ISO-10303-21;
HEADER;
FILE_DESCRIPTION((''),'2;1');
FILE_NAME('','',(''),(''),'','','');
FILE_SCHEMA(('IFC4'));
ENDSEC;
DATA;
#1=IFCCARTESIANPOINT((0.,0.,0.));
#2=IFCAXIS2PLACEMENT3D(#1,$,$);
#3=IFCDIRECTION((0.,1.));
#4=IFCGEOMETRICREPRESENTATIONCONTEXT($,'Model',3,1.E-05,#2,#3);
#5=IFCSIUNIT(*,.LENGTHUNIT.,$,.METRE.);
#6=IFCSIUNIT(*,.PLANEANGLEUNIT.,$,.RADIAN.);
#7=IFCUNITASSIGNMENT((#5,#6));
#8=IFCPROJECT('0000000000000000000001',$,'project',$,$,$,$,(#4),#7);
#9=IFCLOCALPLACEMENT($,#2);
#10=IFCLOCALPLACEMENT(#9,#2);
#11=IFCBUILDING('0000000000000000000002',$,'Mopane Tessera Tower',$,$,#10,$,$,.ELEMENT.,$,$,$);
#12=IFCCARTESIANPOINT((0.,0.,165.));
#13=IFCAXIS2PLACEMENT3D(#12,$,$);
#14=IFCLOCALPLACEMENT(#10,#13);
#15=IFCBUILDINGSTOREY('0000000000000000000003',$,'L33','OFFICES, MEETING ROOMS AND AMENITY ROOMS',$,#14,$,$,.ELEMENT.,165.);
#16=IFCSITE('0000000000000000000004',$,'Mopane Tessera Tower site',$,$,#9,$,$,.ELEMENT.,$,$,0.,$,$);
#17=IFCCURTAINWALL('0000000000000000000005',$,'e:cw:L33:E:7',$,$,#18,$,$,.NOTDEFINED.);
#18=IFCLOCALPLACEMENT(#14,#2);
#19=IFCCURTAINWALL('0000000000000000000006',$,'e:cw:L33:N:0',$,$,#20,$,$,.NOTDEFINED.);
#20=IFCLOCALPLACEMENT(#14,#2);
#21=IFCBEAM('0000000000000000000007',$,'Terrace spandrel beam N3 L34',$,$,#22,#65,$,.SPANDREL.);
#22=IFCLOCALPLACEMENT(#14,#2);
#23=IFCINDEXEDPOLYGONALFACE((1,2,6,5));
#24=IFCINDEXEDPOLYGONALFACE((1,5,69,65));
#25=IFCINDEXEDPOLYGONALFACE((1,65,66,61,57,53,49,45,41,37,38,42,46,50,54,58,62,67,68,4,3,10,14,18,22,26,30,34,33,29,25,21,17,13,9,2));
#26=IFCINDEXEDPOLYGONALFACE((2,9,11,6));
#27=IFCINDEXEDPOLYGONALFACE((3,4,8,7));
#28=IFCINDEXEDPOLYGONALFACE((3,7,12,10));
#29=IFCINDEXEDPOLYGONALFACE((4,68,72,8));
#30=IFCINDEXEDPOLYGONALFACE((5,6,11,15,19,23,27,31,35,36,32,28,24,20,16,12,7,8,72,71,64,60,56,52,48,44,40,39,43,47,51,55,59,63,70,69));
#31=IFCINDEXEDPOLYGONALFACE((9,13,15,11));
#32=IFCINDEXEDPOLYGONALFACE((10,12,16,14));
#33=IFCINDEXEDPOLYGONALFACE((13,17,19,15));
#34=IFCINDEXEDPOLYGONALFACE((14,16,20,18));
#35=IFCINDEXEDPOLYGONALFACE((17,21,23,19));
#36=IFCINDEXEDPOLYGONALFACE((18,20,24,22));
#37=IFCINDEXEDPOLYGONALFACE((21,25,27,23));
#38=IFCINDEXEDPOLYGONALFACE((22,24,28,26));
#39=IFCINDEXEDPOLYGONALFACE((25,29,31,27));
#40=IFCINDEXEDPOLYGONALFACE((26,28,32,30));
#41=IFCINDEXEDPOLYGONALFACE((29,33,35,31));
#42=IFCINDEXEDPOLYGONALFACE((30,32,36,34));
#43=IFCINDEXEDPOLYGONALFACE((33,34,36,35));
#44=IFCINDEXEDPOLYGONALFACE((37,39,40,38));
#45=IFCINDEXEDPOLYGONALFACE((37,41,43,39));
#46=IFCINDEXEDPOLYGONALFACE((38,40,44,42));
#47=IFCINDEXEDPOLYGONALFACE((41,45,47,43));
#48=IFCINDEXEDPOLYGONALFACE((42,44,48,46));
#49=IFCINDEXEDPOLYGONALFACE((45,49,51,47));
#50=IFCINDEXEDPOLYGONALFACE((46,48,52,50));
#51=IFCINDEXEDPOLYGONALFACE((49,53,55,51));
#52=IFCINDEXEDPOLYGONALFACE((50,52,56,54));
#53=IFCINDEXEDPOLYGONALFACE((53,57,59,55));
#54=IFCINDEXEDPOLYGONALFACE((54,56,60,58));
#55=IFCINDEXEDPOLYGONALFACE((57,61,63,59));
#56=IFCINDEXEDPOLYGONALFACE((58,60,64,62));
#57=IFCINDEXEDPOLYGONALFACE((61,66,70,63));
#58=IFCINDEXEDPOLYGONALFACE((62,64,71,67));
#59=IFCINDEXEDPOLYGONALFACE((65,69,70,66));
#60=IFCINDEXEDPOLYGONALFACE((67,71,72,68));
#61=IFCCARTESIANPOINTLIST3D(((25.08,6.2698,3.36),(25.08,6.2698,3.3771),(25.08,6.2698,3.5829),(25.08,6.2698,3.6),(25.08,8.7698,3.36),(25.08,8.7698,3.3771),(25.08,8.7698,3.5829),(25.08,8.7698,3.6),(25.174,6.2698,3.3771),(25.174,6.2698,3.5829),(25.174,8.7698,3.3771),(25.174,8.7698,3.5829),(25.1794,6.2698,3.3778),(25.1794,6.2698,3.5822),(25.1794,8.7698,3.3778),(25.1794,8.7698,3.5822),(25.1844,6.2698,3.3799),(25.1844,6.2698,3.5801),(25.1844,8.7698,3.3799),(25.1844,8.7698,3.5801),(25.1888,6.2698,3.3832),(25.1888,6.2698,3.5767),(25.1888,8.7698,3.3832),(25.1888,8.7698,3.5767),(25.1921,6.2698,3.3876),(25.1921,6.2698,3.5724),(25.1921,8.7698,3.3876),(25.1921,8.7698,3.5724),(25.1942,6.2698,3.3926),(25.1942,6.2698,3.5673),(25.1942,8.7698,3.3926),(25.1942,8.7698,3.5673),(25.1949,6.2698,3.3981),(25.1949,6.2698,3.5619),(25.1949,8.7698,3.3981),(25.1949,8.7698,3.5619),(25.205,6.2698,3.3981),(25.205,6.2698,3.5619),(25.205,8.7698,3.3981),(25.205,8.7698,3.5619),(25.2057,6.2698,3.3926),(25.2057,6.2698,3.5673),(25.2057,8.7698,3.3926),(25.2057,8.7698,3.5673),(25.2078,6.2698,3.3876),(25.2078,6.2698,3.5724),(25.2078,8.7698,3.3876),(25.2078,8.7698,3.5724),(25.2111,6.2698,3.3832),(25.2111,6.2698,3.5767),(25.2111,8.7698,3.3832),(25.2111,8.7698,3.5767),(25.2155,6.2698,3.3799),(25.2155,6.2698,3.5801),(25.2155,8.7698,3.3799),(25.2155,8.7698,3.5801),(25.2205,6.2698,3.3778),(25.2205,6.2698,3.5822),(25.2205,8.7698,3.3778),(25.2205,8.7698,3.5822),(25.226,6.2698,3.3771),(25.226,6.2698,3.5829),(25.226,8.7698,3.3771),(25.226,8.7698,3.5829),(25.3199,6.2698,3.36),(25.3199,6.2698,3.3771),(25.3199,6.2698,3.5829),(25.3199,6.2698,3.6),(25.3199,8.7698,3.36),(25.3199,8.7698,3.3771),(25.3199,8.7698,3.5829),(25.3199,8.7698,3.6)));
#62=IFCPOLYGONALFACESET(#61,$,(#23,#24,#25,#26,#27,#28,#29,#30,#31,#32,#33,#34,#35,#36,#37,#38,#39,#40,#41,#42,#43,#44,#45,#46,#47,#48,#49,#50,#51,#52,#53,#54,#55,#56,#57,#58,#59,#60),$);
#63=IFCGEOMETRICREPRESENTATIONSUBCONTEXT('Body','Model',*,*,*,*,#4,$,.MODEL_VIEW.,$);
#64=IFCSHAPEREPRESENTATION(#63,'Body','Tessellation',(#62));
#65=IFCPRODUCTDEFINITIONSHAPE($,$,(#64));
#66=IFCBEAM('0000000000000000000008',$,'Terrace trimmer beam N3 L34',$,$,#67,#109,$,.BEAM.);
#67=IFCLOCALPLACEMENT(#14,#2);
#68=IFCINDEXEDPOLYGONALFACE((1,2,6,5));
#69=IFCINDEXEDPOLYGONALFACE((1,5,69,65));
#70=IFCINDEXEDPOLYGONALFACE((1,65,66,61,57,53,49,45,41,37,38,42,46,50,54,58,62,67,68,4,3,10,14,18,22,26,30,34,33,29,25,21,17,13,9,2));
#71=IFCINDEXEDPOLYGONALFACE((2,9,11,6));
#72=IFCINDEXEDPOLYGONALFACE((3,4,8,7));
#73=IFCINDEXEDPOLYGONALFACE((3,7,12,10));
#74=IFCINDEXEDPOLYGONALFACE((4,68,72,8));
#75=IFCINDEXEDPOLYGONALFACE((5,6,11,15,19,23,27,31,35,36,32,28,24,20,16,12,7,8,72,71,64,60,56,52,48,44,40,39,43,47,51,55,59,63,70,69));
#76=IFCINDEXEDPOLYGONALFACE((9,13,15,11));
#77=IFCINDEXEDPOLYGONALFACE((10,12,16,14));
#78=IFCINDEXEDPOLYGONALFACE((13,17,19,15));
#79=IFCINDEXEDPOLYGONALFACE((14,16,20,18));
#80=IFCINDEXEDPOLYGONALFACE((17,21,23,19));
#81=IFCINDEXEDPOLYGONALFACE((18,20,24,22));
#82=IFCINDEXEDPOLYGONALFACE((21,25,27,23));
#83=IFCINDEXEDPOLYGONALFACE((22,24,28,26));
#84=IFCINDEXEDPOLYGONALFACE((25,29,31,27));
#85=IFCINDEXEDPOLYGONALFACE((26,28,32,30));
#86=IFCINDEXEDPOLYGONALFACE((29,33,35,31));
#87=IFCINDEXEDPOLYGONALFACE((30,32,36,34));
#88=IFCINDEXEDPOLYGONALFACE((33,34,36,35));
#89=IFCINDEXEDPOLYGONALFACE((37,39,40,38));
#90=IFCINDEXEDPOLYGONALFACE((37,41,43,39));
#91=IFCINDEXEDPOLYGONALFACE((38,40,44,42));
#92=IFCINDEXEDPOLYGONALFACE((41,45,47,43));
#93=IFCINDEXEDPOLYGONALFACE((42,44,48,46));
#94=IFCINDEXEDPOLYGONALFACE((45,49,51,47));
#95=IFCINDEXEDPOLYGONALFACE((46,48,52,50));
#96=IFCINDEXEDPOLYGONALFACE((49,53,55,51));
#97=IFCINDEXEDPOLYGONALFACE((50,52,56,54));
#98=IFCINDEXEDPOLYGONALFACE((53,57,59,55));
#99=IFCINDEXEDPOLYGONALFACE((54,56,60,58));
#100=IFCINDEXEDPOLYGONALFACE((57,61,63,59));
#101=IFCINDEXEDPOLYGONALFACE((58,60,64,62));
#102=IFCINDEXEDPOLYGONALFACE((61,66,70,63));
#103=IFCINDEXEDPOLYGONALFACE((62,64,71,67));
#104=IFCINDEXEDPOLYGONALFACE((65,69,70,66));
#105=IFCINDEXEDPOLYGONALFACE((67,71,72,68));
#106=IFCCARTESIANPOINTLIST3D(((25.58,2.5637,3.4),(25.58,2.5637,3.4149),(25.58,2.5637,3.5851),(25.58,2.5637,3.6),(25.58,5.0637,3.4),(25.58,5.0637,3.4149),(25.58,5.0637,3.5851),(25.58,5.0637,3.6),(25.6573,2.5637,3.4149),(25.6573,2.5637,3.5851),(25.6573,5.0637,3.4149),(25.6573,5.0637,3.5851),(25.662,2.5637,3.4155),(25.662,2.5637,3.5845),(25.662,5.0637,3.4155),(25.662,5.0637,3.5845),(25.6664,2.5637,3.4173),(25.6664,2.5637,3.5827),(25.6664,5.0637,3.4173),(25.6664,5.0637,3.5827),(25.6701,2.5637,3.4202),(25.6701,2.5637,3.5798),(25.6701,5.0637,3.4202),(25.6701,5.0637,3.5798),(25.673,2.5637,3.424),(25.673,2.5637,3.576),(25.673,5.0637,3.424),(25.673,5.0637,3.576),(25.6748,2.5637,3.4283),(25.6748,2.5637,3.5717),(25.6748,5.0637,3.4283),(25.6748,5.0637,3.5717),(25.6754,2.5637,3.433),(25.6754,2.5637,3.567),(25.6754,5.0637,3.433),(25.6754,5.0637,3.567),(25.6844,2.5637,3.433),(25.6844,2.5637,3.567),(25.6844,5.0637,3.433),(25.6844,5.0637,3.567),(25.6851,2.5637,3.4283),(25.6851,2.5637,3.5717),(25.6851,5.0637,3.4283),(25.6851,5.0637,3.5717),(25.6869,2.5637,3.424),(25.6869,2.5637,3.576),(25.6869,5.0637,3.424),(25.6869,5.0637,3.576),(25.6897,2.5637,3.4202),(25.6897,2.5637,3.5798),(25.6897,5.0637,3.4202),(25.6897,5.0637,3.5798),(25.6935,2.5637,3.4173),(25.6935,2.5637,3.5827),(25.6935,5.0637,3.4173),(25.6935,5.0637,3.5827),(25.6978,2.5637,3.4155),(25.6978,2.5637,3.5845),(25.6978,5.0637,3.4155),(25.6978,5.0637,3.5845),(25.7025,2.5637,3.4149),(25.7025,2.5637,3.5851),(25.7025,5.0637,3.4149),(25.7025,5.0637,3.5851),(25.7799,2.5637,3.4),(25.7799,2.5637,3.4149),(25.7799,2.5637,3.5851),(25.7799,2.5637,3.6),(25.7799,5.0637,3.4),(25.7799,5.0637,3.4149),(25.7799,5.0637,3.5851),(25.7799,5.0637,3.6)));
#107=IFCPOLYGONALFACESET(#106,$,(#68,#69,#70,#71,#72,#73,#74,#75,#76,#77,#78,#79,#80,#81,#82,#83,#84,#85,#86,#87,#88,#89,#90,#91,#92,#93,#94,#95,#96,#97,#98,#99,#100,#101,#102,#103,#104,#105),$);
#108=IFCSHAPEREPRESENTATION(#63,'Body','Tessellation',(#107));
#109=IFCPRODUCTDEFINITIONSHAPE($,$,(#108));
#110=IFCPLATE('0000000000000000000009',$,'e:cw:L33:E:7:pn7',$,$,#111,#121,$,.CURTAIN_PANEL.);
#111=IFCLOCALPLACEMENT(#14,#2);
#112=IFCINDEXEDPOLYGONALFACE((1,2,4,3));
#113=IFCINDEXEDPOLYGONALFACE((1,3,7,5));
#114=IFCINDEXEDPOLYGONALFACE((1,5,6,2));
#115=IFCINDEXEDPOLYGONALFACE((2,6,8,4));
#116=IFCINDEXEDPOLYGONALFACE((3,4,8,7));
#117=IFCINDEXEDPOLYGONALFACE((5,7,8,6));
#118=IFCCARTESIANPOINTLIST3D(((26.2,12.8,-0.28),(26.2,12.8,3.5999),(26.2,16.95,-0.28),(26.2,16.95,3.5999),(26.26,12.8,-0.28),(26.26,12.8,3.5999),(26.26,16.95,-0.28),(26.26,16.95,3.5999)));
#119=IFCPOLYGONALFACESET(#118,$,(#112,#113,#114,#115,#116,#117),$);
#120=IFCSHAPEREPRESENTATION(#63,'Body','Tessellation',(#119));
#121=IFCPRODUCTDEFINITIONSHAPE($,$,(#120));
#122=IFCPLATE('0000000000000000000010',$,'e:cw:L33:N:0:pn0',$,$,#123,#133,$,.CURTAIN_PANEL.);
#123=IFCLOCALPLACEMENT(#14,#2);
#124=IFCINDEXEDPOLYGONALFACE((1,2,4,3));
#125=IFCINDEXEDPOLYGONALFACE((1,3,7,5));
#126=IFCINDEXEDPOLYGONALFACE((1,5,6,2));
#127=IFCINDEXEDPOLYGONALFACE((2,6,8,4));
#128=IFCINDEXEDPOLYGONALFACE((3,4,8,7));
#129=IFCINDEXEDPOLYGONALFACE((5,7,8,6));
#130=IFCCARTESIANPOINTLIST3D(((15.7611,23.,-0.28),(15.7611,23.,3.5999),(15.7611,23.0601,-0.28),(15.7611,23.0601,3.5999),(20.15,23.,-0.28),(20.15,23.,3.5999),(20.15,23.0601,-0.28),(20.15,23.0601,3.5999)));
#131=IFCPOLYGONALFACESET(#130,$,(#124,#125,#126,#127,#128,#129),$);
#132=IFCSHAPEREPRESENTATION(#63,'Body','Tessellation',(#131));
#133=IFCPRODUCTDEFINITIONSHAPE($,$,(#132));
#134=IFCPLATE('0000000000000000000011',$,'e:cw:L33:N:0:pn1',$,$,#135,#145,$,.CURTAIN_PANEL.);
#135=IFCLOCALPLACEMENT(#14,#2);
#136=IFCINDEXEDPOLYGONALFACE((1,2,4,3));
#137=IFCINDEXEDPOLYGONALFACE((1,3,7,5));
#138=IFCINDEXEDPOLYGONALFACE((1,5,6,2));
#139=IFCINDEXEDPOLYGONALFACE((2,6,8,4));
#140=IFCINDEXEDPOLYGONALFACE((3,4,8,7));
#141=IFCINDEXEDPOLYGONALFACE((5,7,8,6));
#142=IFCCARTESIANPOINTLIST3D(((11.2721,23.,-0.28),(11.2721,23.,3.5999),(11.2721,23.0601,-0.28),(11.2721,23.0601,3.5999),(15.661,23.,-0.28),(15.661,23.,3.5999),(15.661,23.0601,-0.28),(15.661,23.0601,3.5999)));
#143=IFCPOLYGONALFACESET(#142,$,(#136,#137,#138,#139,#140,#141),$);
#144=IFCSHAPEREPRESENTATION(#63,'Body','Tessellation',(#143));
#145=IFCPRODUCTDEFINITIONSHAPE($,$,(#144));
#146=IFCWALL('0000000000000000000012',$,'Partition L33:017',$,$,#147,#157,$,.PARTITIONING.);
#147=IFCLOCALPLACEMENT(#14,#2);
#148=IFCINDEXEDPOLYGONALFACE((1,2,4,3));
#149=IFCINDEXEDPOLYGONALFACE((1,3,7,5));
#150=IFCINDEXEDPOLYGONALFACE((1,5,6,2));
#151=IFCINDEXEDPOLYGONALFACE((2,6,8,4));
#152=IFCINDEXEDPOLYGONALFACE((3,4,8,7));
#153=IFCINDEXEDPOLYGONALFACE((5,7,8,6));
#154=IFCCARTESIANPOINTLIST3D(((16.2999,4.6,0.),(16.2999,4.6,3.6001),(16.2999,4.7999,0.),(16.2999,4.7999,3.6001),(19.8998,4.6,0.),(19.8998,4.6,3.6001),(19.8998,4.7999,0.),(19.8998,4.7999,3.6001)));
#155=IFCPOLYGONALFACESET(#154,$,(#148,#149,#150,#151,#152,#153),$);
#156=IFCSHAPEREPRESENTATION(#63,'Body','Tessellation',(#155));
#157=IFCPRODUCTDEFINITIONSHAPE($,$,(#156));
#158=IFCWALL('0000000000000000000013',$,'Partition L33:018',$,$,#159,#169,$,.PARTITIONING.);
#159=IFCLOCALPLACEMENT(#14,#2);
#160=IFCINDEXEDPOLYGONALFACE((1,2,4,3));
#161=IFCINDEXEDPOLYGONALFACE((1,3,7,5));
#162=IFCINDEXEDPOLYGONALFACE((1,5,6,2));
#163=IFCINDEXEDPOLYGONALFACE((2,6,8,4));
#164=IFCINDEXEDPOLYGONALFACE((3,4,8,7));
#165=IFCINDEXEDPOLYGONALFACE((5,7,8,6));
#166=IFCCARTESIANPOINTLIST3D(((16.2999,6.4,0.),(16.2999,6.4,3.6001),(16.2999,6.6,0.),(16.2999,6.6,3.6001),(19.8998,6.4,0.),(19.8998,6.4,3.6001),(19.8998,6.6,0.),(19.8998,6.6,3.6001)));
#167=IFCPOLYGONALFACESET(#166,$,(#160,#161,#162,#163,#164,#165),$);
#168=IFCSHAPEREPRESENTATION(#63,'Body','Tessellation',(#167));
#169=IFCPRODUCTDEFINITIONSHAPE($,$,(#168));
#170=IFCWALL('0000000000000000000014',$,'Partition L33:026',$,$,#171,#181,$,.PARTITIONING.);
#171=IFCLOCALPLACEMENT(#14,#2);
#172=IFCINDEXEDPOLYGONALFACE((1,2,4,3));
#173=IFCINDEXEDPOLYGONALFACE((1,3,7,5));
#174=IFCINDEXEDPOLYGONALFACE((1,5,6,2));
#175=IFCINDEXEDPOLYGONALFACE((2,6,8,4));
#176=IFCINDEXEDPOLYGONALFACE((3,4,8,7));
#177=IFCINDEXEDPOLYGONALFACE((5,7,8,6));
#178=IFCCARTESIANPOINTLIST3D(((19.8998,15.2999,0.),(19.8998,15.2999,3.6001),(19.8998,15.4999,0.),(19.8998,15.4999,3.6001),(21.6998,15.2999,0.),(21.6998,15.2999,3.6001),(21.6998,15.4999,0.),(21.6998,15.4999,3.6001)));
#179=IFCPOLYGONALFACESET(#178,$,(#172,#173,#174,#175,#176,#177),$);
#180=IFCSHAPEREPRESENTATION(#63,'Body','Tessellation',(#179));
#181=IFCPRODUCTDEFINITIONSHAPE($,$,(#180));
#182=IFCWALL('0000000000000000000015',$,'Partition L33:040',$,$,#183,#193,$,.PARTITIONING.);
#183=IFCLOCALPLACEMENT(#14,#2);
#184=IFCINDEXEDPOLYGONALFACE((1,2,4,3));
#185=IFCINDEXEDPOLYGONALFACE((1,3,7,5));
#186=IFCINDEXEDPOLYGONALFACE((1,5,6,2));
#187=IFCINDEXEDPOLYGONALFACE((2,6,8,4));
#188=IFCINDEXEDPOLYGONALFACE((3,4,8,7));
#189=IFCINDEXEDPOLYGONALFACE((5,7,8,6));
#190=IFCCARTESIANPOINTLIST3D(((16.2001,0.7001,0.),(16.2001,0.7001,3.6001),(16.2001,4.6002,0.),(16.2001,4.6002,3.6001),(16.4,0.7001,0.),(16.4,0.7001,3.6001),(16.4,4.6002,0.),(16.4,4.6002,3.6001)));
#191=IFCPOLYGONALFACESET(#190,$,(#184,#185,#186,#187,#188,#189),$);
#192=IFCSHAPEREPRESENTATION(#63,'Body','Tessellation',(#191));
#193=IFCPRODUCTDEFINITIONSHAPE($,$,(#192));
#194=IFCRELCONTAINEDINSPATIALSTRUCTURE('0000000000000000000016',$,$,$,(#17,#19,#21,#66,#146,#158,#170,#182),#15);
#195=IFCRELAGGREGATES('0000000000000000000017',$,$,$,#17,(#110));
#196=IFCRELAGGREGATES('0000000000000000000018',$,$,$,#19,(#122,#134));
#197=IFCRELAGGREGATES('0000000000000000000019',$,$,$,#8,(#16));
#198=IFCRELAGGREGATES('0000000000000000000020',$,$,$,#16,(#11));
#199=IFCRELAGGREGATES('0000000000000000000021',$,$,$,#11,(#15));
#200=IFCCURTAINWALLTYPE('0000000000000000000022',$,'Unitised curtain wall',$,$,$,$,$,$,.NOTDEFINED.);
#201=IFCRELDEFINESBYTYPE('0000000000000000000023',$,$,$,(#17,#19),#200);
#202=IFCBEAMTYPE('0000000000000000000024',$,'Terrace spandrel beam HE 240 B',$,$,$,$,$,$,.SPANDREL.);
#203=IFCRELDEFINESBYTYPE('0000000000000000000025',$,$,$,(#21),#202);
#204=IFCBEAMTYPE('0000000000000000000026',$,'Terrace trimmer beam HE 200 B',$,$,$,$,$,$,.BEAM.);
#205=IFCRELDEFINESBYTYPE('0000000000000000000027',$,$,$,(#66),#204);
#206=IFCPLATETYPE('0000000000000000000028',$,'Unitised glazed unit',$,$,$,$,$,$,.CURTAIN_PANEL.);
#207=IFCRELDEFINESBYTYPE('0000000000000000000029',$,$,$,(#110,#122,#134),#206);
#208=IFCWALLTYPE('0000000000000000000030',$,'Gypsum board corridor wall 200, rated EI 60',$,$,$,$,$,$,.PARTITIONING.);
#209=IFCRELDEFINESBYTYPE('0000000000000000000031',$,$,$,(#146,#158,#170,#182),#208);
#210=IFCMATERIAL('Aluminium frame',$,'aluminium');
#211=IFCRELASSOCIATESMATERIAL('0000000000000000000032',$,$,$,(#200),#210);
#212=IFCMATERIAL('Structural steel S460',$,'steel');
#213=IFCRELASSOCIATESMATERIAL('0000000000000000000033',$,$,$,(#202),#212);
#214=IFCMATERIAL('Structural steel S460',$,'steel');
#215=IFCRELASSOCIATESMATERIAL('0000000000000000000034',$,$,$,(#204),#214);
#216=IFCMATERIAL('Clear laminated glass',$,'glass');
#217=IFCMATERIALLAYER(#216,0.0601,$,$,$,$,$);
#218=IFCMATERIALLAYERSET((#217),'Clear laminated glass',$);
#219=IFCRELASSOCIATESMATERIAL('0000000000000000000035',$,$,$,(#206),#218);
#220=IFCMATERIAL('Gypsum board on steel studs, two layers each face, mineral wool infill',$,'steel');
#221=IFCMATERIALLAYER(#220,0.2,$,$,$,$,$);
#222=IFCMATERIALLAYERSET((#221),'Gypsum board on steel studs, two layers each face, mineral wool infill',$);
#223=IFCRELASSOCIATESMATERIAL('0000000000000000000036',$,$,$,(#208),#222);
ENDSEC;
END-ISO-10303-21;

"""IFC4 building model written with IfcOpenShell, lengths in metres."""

from ifc_helpers import new_model, si_unit, direction, frame, frame_2d, origin, origin_2d, place, context, subcontext, project, spatial, rectangle, i_section, extrude, material, layer, layer_set, material_profile, profile_set, type_object, element, aggregate, save


model = new_model("IFC4")

# Units and contexts
model_context = context("Model", 3, precision=1e-05, world=origin(), true_north=direction((0.0, 1.0)))
body_context = subcontext(model_context, "Body", "Model", "MODEL_VIEW")
ifc_project = project(units=[si_unit("LENGTHUNIT", "METRE"), si_unit("PLANEANGLEUNIT", "RADIAN")], contexts=[model_context])

# Site, building, storey
site_placement = place(None, origin())
site = spatial("IfcSite", under=ifc_project, at=site_placement, Name="Mopane Tessera Tower site", CompositionType="ELEMENT", RefElevation=0.0)
building_placement = place(site_placement, origin())
building = spatial("IfcBuilding", under=site, at=building_placement, Name="Mopane Tessera Tower", CompositionType="ELEMENT")
storey_placement = place(building_placement, frame((0.0, 0.0, 165.0)))
storey = spatial("IfcBuildingStorey", under=building, at=storey_placement, Name="L33", Description="OFFICES, MEETING ROOMS AND AMENITY ROOMS", CompositionType="ELEMENT", Elevation=165.0)

# Shared definitions
ifc_material_1 = material(Name="Aluminium frame", Category="aluminium")
curtain_wall_type = type_object("IfcCurtainWallType", Name="Unitised curtain wall", PredefinedType="NOTDEFINED", material=ifc_material_1)

# Curtain walls
curtain_wall_1_placement = place(storey_placement, origin())
curtain_wall_1 = element("IfcCurtainWall", 1, at=curtain_wall_1_placement, inside=storey, type_object=curtain_wall_type, Name="e:cw:L33:E:7", PredefinedType="NOTDEFINED")
curtain_wall_2_placement = place(storey_placement, origin())
curtain_wall_2 = element("IfcCurtainWall", 2, at=curtain_wall_2_placement, inside=storey, type_object=curtain_wall_type, Name="e:cw:L33:N:0", PredefinedType="NOTDEFINED")

# Beams
ifc_material_2 = material(Name="Structural steel S460", Category="steel")
ifc_material_profile_1 = material_profile(ifc_material_2, i_section(OverallWidth=0.24, OverallDepth=0.24, WebThickness=0.01, FlangeThickness=0.0171, FilletRadius=0.021, at=origin_2d()))
ifc_profile_set_1 = profile_set([ifc_material_profile_1], Name="Structural steel S460")
beam_type_1 = type_object("IfcBeamType", Name="Terrace spandrel beam HE 240 B", PredefinedType="SPANDREL", material=ifc_profile_set_1)
beam_1_placement = place(storey_placement, frame((25.2, 6.2698, 3.48), z_axis=(0.0, 1.0, 0.0), x_axis=(-1.0, 0.0, 0.0)))
element("IfcBeam", 3, at=beam_1_placement, inside=storey, type_object=beam_type_1, Name="Terrace spandrel beam N3 L34", PredefinedType="SPANDREL", context=body_context, shape_type="SweptSolid", body=[
    extrude(i_section(OverallWidth=0.24, OverallDepth=0.24, WebThickness=0.01, FlangeThickness=0.0171, FilletRadius=0.021, at=origin_2d()), origin(), (0.0, 0.0, 1.0), 2.5),
])
ifc_material_3 = material(Name="Structural steel S460", Category="steel")
ifc_material_profile_2 = material_profile(ifc_material_3, i_section(OverallWidth=0.2, OverallDepth=0.2, WebThickness=0.009, FlangeThickness=0.0149, FilletRadius=0.0181, at=origin_2d()))
ifc_profile_set_2 = profile_set([ifc_material_profile_2], Name="Structural steel S460")
beam_type_2 = type_object("IfcBeamType", Name="Terrace trimmer beam HE 200 B", PredefinedType="BEAM", material=ifc_profile_set_2)
beam_2_placement = place(storey_placement, frame((25.6799, 5.0637, 3.5), z_axis=(0.0, -1.0, 0.0), x_axis=(1.0, 0.0, 0.0)))
element("IfcBeam", 4, at=beam_2_placement, inside=storey, type_object=beam_type_2, Name="Terrace trimmer beam N3 L34", PredefinedType="BEAM", context=body_context, shape_type="SweptSolid", body=[
    extrude(i_section(OverallWidth=0.2, OverallDepth=0.2, WebThickness=0.009, FlangeThickness=0.0149, FilletRadius=0.0181, at=origin_2d()), origin(), (0.0, 0.0, 1.0), 2.5),
])

# Plates
ifc_material_4 = material(Name="Clear laminated glass", Category="glass")
ifc_layer_1 = layer(ifc_material_4, 0.0601)
ifc_layer_set_1 = layer_set([ifc_layer_1], Name="Clear laminated glass")
plate_type = type_object("IfcPlateType", Name="Unitised glazed unit", PredefinedType="CURTAIN_PANEL", material=ifc_layer_set_1)
plate_1_placement = place(storey_placement, frame((26.23, 14.875, -0.28), z_axis=(0.0, 0.0, 1.0), x_axis=(0.0, 1.0, 0.0)))
plate_1 = element("IfcPlate", 5, at=plate_1_placement, type_object=plate_type, Name="e:cw:L33:E:7:pn7", PredefinedType="CURTAIN_PANEL", context=body_context, shape_type="SweptSolid", body=[
    extrude(rectangle(XDim=4.1499, YDim=0.0601, at=origin_2d()), origin(), (0.0, 0.0, 1.0), 3.8799),
])
aggregate(curtain_wall_1, [plate_1])
plate_2_placement = place(storey_placement, frame((17.9556, 23.03, -0.28), z_axis=(0.0, 0.0, 1.0), x_axis=(-1.0, 0.0, 0.0)))
plate_2 = element("IfcPlate", 6, at=plate_2_placement, type_object=plate_type, Name="e:cw:L33:N:0:pn0", PredefinedType="CURTAIN_PANEL", context=body_context, shape_type="SweptSolid", body=[
    extrude(rectangle(XDim=4.3889, YDim=0.0601, at=origin_2d()), origin(), (0.0, 0.0, 1.0), 3.8799),
])
plate_3_placement = place(storey_placement, frame((13.4666, 23.03, -0.28), z_axis=(0.0, 0.0, 1.0), x_axis=(-1.0, 0.0, 0.0)))
plate_3 = element("IfcPlate", 7, at=plate_3_placement, type_object=plate_type, Name="e:cw:L33:N:0:pn1", PredefinedType="CURTAIN_PANEL", context=body_context, shape_type="SweptSolid", body=[
    extrude(rectangle(XDim=4.3889, YDim=0.0601, at=origin_2d()), origin(), (0.0, 0.0, 1.0), 3.8799),
])
aggregate(curtain_wall_2, [plate_2, plate_3])

# Walls
ifc_material_5 = material(Name="Gypsum board on steel studs, two layers each face, mineral wool infill", Category="steel")
ifc_layer_2 = layer(ifc_material_5, 0.2)
ifc_layer_set_2 = layer_set([ifc_layer_2], Name="Gypsum board on steel studs, two layers each face, mineral wool infill")
wall_type_1 = type_object("IfcWallType", Name="Gypsum board corridor wall 200, rated EI 60", PredefinedType="PARTITIONING", material=ifc_layer_set_2)
for number, where, z_axis, x_axis, name in (
    (8, (16.3, 4.7, 0.0), (0.0, 0.0, 1.0), (1.0, 0.0, 0.0), "Partition L33:017"),
    (9, (16.3, 6.5, 0.0), (0.0, 0.0, 1.0), (1.0, 0.0, 0.0), "Partition L33:018"),
):
    element("IfcWall", number, at=place(storey_placement, frame(where, z_axis=z_axis, x_axis=x_axis)), inside=storey, type_object=wall_type_1, Name=name, PredefinedType="PARTITIONING", context=body_context, shape_type="SweptSolid", body=[
        extrude(rectangle(XDim=3.5999, YDim=0.2, at=frame_2d((1.7998, 0.0))), origin(), (0.0, 0.0, 1.0), 3.6001),
    ])
wall_1_placement = place(storey_placement, frame((19.8999, 15.3999, 0.0), z_axis=(0.0, 0.0, 1.0), x_axis=(1.0, 0.0, 0.0)))
element("IfcWall", 10, at=wall_1_placement, inside=storey, type_object=wall_type_1, Name="Partition L33:026", PredefinedType="PARTITIONING", context=body_context, shape_type="SweptSolid", body=[
    extrude(rectangle(XDim=1.8, YDim=0.2, at=frame_2d((0.8999, 0.0))), origin(), (0.0, 0.0, 1.0), 3.6001),
])
wall_2_placement = place(storey_placement, frame((16.3, 0.7, 0.0), z_axis=(0.0, 0.0, 1.0), x_axis=(0.0, 1.0, 0.0)))
element("IfcWall", 11, at=wall_2_placement, inside=storey, type_object=wall_type_1, Name="Partition L33:040", PredefinedType="PARTITIONING", context=body_context, shape_type="SweptSolid", body=[
    extrude(rectangle(XDim=3.9001, YDim=0.2, at=frame_2d((1.9502, 0.0))), origin(), (0.0, 0.0, 1.0), 3.6001),
])

save(model, "model.ifc")
